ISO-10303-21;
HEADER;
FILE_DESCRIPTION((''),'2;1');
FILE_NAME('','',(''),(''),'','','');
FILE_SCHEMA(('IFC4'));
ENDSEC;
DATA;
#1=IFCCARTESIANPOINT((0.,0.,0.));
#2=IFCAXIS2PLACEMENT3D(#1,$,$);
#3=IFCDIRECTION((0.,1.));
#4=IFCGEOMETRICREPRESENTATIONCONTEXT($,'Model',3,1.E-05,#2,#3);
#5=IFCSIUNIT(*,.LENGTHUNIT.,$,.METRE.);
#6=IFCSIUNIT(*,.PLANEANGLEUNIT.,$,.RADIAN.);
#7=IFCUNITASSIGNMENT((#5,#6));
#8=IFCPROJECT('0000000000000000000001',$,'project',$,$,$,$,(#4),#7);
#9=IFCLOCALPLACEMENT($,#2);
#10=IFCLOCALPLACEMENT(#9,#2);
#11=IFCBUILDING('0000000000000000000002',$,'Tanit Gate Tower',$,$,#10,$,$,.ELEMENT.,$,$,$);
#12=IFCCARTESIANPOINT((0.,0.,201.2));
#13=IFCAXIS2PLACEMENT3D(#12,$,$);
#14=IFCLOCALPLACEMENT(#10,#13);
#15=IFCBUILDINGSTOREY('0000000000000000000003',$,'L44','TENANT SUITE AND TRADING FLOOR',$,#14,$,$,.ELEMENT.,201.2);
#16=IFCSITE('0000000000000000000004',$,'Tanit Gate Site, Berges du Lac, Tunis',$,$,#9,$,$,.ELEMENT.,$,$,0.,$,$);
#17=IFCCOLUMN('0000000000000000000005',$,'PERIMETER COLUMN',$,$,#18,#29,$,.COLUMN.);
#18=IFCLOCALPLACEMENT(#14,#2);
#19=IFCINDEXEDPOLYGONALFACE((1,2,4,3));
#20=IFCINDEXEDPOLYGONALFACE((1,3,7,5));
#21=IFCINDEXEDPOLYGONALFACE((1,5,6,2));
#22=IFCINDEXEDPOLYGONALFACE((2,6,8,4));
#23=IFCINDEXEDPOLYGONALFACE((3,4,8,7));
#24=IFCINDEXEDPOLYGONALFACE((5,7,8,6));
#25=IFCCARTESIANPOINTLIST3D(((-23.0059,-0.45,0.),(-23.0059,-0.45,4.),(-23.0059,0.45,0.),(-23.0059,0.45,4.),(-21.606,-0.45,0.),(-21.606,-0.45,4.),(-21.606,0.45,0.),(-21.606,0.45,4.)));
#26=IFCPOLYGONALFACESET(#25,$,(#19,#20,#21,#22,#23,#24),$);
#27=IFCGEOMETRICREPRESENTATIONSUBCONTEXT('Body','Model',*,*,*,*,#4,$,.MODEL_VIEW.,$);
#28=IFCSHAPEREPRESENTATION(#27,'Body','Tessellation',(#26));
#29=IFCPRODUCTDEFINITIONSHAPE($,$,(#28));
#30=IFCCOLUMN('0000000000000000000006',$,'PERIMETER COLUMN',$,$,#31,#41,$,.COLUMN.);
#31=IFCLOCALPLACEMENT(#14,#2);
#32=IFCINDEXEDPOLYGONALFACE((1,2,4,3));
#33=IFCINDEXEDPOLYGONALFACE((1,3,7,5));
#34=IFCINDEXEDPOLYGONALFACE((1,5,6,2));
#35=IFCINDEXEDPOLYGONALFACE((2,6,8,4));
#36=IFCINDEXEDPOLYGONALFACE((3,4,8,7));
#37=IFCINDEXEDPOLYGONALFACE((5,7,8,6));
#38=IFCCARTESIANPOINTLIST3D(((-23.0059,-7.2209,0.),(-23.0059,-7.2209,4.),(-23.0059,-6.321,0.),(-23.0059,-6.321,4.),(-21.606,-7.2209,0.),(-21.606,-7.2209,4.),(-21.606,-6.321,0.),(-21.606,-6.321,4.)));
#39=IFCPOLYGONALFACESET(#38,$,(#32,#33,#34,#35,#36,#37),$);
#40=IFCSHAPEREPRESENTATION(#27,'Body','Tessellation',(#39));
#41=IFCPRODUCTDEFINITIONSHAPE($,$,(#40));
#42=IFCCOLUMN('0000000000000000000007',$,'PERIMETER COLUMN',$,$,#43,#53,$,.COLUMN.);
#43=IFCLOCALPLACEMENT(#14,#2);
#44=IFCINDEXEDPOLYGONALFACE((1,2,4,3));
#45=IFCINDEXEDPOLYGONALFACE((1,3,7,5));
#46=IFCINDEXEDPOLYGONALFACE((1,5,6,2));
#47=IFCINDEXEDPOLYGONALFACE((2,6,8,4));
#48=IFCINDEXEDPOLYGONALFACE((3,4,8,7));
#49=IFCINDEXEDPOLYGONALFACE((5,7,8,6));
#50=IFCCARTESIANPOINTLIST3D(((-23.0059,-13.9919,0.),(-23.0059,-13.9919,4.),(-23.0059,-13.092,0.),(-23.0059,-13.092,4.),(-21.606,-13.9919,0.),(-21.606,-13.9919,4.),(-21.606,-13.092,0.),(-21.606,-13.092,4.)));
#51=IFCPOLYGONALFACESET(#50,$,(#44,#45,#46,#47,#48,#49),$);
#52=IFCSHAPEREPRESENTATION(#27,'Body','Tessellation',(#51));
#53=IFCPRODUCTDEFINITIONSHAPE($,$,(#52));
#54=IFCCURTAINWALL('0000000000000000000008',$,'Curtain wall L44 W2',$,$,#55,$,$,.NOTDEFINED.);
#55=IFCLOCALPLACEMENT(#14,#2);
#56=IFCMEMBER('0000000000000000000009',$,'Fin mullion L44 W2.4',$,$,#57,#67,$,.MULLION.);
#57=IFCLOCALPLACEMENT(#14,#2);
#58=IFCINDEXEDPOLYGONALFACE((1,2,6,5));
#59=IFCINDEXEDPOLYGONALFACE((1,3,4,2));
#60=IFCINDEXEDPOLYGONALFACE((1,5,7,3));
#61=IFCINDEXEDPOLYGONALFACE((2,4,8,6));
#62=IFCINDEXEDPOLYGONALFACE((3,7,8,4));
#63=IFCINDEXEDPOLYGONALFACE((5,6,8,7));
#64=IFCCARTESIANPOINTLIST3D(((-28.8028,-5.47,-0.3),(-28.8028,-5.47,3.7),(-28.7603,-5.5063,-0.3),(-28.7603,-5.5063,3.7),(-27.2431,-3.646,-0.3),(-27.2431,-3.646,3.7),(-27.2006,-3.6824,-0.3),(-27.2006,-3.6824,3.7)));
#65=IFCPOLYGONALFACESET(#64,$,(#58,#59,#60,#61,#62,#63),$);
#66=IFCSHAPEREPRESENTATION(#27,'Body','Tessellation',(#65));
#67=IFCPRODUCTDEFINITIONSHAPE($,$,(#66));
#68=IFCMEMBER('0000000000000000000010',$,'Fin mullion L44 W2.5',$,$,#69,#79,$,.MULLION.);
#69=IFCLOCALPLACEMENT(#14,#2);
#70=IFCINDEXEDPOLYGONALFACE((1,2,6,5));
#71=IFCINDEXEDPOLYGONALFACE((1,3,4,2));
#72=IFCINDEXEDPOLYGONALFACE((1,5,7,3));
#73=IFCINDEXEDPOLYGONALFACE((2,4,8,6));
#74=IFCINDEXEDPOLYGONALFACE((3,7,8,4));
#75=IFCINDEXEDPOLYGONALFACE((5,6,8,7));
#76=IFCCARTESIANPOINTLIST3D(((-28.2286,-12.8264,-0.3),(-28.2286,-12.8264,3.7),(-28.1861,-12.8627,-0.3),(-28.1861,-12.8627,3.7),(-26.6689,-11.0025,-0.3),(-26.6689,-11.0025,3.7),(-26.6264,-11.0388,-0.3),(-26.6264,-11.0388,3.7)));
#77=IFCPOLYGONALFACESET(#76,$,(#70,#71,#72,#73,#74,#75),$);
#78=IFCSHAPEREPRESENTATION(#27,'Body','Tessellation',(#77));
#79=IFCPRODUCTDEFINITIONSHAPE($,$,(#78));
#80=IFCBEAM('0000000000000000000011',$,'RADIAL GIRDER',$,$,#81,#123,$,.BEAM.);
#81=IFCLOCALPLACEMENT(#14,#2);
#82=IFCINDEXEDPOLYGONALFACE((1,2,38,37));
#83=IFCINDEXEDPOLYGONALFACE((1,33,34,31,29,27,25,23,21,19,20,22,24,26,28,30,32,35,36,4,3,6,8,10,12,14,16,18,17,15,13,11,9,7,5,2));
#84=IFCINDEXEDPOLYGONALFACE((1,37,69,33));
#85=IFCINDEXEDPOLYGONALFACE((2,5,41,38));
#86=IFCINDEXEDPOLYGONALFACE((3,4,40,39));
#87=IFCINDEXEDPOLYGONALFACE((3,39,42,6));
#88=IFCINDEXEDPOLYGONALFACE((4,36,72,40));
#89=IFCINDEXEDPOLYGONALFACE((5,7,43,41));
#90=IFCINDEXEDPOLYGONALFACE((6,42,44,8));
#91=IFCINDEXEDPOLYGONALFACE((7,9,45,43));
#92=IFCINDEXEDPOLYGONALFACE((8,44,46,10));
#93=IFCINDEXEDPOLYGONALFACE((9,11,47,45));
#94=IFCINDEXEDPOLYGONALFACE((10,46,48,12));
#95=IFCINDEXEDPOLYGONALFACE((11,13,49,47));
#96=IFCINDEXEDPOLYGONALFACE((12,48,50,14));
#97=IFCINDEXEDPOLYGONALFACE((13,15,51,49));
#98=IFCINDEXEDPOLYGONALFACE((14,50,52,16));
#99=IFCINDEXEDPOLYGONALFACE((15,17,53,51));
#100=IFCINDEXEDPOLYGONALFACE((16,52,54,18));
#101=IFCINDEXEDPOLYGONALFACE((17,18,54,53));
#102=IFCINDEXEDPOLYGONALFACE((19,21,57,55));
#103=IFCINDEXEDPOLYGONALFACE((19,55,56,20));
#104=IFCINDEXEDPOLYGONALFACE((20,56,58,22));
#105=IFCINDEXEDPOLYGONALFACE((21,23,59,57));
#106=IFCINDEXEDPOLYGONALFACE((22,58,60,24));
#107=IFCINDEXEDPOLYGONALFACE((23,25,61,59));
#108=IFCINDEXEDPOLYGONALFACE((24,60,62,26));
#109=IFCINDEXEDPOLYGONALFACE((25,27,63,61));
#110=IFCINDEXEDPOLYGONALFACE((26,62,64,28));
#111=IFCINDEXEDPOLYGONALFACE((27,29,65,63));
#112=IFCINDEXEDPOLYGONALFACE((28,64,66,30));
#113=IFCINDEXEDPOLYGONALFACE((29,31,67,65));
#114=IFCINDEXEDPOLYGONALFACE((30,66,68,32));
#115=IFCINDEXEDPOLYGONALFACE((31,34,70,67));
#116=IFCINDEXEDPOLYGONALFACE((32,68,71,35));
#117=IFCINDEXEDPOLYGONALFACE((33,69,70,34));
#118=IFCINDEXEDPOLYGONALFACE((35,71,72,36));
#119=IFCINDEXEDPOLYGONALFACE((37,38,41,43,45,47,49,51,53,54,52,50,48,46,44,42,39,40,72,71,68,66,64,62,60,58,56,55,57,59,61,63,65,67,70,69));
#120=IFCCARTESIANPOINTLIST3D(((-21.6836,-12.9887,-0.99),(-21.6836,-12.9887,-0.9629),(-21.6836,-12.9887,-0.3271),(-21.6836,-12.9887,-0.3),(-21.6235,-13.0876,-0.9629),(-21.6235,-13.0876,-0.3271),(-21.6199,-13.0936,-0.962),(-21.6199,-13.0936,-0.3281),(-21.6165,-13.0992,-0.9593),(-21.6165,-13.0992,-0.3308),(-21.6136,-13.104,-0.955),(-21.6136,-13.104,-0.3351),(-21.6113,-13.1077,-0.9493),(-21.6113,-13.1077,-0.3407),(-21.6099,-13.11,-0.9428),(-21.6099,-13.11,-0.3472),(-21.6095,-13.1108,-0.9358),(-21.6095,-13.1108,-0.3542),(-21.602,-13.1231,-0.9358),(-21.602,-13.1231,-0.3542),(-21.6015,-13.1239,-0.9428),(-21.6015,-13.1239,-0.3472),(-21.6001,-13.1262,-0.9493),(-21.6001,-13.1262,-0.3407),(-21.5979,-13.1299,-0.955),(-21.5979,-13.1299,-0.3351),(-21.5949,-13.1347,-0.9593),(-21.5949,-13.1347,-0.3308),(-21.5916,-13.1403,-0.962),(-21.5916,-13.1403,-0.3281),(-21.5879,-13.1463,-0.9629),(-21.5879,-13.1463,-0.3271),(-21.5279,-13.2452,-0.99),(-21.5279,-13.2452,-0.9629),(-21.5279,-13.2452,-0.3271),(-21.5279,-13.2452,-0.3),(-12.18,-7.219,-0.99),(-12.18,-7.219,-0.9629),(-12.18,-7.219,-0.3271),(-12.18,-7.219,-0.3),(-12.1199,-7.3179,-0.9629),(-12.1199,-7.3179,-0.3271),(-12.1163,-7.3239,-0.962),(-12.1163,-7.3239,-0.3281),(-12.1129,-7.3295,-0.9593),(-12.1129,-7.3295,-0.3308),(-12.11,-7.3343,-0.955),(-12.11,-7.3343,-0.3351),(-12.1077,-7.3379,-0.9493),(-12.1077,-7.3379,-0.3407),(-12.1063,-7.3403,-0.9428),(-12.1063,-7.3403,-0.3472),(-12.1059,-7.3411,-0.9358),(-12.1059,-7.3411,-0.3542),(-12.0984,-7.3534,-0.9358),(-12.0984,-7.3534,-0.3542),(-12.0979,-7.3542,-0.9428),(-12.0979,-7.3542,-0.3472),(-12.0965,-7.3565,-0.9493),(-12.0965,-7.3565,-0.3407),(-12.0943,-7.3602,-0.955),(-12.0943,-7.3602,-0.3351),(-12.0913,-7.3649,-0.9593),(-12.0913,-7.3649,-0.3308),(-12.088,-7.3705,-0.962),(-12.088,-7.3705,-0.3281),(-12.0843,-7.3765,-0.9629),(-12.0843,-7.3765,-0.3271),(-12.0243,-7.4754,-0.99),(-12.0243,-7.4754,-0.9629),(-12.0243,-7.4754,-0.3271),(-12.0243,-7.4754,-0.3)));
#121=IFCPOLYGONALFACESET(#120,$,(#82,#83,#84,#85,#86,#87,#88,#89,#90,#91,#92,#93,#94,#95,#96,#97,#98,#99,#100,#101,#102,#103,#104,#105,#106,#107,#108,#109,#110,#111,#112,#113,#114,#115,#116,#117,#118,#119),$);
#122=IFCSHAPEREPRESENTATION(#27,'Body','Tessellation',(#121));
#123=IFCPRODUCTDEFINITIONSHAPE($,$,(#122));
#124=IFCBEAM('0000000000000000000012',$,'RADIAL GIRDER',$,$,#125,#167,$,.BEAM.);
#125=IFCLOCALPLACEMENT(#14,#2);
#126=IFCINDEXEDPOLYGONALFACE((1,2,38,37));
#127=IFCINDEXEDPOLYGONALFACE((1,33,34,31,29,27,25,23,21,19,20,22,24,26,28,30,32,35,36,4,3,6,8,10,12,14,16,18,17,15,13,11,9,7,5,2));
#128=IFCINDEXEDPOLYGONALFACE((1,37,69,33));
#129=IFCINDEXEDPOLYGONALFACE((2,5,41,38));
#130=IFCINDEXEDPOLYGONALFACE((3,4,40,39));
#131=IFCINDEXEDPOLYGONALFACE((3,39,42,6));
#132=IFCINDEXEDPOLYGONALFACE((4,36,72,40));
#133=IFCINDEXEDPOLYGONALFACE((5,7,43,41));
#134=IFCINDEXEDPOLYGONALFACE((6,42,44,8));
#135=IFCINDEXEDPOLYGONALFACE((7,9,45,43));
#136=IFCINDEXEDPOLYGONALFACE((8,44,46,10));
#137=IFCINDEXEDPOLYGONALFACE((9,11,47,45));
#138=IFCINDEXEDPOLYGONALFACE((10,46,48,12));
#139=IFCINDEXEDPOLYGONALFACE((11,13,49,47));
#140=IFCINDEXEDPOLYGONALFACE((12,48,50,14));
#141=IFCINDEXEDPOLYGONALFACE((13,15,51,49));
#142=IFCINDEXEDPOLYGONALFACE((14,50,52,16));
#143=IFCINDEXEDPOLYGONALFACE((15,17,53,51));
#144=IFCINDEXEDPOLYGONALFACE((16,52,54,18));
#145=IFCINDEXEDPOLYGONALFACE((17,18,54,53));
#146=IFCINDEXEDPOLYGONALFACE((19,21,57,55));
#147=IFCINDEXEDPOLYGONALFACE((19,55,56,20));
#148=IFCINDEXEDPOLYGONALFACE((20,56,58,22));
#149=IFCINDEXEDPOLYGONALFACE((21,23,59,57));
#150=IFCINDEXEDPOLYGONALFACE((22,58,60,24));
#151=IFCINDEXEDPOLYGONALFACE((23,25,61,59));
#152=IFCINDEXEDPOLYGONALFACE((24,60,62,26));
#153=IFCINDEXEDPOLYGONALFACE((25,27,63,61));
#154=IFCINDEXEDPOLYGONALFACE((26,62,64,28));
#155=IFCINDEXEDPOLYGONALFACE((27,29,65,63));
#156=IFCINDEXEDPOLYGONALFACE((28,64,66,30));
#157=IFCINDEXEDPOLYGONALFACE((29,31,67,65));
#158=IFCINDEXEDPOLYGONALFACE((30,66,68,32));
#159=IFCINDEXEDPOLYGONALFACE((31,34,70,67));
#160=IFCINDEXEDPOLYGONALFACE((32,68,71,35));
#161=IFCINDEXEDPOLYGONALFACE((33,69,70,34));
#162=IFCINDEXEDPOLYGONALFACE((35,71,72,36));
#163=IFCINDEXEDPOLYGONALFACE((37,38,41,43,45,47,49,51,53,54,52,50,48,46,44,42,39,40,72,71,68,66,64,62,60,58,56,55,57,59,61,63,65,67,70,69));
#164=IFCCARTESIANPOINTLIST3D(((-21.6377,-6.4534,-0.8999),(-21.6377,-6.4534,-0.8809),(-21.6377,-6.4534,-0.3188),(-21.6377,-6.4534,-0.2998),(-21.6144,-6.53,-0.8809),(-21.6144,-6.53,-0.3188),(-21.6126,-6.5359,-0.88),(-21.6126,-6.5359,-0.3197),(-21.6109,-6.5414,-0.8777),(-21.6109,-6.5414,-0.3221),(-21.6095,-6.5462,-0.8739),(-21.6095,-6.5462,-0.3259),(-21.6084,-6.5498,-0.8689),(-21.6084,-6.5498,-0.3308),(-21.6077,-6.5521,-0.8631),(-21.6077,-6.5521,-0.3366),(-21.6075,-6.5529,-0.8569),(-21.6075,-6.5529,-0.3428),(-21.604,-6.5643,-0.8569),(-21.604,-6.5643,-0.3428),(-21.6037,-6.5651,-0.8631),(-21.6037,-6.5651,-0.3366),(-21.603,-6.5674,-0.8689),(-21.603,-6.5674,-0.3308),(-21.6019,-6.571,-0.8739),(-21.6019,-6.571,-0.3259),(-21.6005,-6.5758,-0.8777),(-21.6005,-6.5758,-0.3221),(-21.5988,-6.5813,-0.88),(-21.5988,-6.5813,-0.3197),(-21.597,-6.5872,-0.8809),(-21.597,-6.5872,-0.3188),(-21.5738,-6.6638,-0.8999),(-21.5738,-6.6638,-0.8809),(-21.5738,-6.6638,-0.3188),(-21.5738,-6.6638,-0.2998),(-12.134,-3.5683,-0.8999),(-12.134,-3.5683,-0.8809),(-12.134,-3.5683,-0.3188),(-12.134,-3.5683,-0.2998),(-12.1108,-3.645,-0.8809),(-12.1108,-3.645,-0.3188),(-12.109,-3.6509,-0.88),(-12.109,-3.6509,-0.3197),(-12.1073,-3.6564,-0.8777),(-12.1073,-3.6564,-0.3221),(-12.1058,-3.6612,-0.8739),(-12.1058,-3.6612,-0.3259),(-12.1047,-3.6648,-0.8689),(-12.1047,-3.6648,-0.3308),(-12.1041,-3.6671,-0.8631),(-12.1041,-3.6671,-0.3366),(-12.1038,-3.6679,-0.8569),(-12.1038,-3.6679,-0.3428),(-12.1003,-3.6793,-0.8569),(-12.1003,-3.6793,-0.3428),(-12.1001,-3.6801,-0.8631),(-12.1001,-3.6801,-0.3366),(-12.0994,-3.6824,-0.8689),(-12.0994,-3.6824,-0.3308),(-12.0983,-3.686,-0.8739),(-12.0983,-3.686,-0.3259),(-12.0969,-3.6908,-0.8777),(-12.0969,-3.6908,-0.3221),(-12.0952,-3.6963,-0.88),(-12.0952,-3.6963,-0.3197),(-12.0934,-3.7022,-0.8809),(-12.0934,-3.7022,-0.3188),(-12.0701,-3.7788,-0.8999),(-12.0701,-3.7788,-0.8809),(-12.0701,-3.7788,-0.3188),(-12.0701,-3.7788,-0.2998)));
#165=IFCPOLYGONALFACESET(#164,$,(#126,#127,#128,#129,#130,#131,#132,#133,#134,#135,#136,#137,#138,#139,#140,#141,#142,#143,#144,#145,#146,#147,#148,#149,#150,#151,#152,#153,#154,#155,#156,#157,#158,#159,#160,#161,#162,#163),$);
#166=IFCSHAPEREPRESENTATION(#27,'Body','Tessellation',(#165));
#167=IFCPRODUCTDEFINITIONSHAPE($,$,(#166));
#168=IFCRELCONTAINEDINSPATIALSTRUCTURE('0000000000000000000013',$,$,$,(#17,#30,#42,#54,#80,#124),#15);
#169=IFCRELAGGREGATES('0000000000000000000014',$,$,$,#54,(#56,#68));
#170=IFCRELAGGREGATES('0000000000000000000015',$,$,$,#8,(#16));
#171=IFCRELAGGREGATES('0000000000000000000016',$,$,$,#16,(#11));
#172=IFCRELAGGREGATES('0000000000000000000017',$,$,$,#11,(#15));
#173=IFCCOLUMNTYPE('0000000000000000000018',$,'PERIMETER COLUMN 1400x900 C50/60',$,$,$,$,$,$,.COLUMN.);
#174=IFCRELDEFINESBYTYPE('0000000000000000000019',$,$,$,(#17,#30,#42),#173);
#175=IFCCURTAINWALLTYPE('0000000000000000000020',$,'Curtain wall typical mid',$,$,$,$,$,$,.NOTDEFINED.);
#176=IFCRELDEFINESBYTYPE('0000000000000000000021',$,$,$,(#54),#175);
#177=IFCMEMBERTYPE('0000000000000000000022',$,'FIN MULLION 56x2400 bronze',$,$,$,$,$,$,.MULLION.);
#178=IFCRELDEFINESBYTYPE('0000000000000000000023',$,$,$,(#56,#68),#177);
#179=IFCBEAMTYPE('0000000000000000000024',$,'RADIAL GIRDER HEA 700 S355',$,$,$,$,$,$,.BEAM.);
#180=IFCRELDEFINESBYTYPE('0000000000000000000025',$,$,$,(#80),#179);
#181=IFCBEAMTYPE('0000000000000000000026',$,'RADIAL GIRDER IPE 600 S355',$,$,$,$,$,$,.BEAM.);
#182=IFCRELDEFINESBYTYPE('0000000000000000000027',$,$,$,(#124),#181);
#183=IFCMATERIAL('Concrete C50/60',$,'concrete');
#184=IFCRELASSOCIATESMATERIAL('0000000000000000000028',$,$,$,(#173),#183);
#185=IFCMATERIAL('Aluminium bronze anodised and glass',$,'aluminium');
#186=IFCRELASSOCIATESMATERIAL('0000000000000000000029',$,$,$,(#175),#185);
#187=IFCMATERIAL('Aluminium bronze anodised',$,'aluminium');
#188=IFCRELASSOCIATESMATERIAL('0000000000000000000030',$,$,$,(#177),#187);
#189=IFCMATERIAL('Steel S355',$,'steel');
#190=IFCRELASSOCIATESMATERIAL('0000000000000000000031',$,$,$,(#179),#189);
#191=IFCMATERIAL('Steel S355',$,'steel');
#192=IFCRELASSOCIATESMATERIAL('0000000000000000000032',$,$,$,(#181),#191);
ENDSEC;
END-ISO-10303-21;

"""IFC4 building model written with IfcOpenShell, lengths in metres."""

from ifc_helpers import new_model, si_unit, direction, frame, origin, origin_2d, place, context, subcontext, project, spatial, rectangle, i_section, extrude, material, material_profile, profile_set, type_object, element, aggregate, save


model = new_model("IFC4")

# Units and contexts
model_context = context("Model", 3, precision=1e-05, world=origin(), true_north=direction((0.0, 1.0)))
body_context = subcontext(model_context, "Body", "Model", "MODEL_VIEW")
ifc_project = project(units=[si_unit("LENGTHUNIT", "METRE"), si_unit("PLANEANGLEUNIT", "RADIAN")], contexts=[model_context])

# Site, building, storey
site_placement = place(None, origin())
site = spatial("IfcSite", under=ifc_project, at=site_placement, Name="Tanit Gate Site, Berges du Lac, Tunis", CompositionType="ELEMENT", RefElevation=0.0)
building_placement = place(site_placement, origin())
building = spatial("IfcBuilding", under=site, at=building_placement, Name="Tanit Gate Tower", CompositionType="ELEMENT")
storey_placement = place(building_placement, frame((0.0, 0.0, 201.2)))
storey = spatial("IfcBuildingStorey", under=building, at=storey_placement, Name="L44", Description="TENANT SUITE AND TRADING FLOOR", CompositionType="ELEMENT", Elevation=201.2)

# Columns
ifc_material_1 = material(Name="Concrete C50/60", Category="concrete")
ifc_material_profile_1 = material_profile(ifc_material_1, rectangle(XDim=1.3999, YDim=0.8999, at=origin_2d()), Name="RC 1400x900")
ifc_profile_set_1 = profile_set([ifc_material_profile_1], Name="Concrete C50/60")
column_type = type_object("IfcColumnType", Name="PERIMETER COLUMN 1400x900 C50/60", PredefinedType="COLUMN", material=ifc_profile_set_1)
for number, where, z_axis, x_axis, name in (
    (1, (-22.3059, 0.0, 0.0), (0.0, 0.0, 1.0), (-1.0, 0.0, 0.0), "PERIMETER COLUMN"),
    (2, (-22.3059, -6.771, 0.0), (0.0, 0.0, 1.0), (-1.0, 0.0, 0.0), "PERIMETER COLUMN"),
    (3, (-22.3059, -13.542, 0.0), (0.0, 0.0, 1.0), (-1.0, 0.0, 0.0), "PERIMETER COLUMN"),
):
    element("IfcColumn", number, at=place(storey_placement, frame(where, z_axis=z_axis, x_axis=x_axis)), inside=storey, type_object=column_type, Name=name, PredefinedType="COLUMN", context=body_context, shape_type="SweptSolid", body=[
        extrude(rectangle(XDim=1.3999, YDim=0.8999, at=origin_2d()), origin(), (0.0, 0.0, 1.0), 4.0),
    ])

# Curtain wall, members
ifc_material_2 = material(Name="Aluminium bronze anodised and glass", Category="aluminium")
curtain_wall_type = type_object("IfcCurtainWallType", Name="Curtain wall typical mid", PredefinedType="NOTDEFINED", material=ifc_material_2)
curtain_wall_placement = place(storey_placement, origin())
curtain_wall = element("IfcCurtainWall", 4, at=curtain_wall_placement, inside=storey, type_object=curtain_wall_type, Name="Curtain wall L44 W2", PredefinedType="NOTDEFINED")
ifc_material_3 = material(Name="Aluminium bronze anodised", Category="aluminium")
ifc_material_profile_2 = material_profile(ifc_material_3, rectangle(XDim=2.3999, YDim=0.0559, at=origin_2d()), Name="56x2400 bronze fin mullion")
ifc_profile_set_2 = profile_set([ifc_material_profile_2], Name="Aluminium bronze anodised")
member_type_1 = type_object("IfcMemberType", Name="FIN MULLION 56x2400 bronze", PredefinedType="MULLION", material=ifc_profile_set_2)
member_1_placement = place(storey_placement, frame((-28.0017, -4.5762, -0.3), z_axis=(0.0, 0.0, 1.0), x_axis=(0.649921, 0.760002, 0.0)))
member_1 = element("IfcMember", 5, at=member_1_placement, type_object=member_type_1, Name="Fin mullion L44 W2.4", PredefinedType="MULLION", context=body_context, shape_type="SweptSolid", body=[
    extrude(rectangle(XDim=2.3999, YDim=0.0559, at=origin_2d()), origin(), (0.0, 0.0, 1.0), 4.0),
])
member_2_placement = place(storey_placement, frame((-27.4275, -11.9326, -0.3), z_axis=(0.0, 0.0, 1.0), x_axis=(0.649921, 0.760002, 0.0)))
member_2 = element("IfcMember", 6, at=member_2_placement, type_object=member_type_1, Name="Fin mullion L44 W2.5", PredefinedType="MULLION", context=body_context, shape_type="SweptSolid", body=[
    extrude(rectangle(XDim=2.3999, YDim=0.0559, at=origin_2d()), origin(), (0.0, 0.0, 1.0), 4.0),
])

# Beams
ifc_material_4 = material(Name="Steel S355", Category="steel")
ifc_material_profile_3 = material_profile(ifc_material_4, i_section(OverallWidth=0.3, OverallDepth=0.6899, WebThickness=0.0144, FlangeThickness=0.0271, FilletRadius=0.0271, at=origin_2d()), Name="HEA 700")
ifc_profile_set_3 = profile_set([ifc_material_profile_3], Name="Steel S355")
beam_type_1 = type_object("IfcBeamType", Name="RADIAL GIRDER HEA 700 S355", PredefinedType="BEAM", material=ifc_profile_set_3)
beam_1_placement = place(storey_placement, frame((-21.6057, -13.1169, -0.645), z_axis=(0.8548, 0.518958, 0.0), x_axis=(-0.518958, 0.8548, 0.0)))
element("IfcBeam", 7, at=beam_1_placement, inside=storey, type_object=beam_type_1, Name="RADIAL GIRDER", PredefinedType="BEAM", context=body_context, shape_type="SweptSolid", body=[
    extrude(i_section(OverallWidth=0.3, OverallDepth=0.6899, WebThickness=0.0144, FlangeThickness=0.0271, FilletRadius=0.0271, at=origin_2d()), origin(), (0.0, 0.0, 1.0), 11.1179),
])
ifc_material_5 = material(Name="Steel S355", Category="steel")
ifc_material_profile_4 = material_profile(ifc_material_5, i_section(OverallWidth=0.22, OverallDepth=0.6001, WebThickness=0.012, FlangeThickness=0.019, FilletRadius=0.0239, at=origin_2d()), Name="IPE 600")
ifc_profile_set_4 = profile_set([ifc_material_profile_4], Name="Steel S355")
beam_type_2 = type_object("IfcBeamType", Name="RADIAL GIRDER IPE 600 S355", PredefinedType="BEAM", material=ifc_profile_set_4)
beam_2_placement = place(storey_placement, frame((-21.6057, -6.5586, -0.5999), z_axis=(0.956881, 0.290479, 0.0), x_axis=(-0.290479, 0.956881, 0.0)))
element("IfcBeam", 8, at=beam_2_placement, inside=storey, type_object=beam_type_2, Name="RADIAL GIRDER", PredefinedType="BEAM", context=body_context, shape_type="SweptSolid", body=[
    extrude(i_section(OverallWidth=0.22, OverallDepth=0.6001, WebThickness=0.012, FlangeThickness=0.019, FilletRadius=0.0239, at=origin_2d()), origin(), (0.0, 0.0, 1.0), 9.9319),
])

aggregate(curtain_wall, [member_1, member_2])

save(model, "model.ifc")
